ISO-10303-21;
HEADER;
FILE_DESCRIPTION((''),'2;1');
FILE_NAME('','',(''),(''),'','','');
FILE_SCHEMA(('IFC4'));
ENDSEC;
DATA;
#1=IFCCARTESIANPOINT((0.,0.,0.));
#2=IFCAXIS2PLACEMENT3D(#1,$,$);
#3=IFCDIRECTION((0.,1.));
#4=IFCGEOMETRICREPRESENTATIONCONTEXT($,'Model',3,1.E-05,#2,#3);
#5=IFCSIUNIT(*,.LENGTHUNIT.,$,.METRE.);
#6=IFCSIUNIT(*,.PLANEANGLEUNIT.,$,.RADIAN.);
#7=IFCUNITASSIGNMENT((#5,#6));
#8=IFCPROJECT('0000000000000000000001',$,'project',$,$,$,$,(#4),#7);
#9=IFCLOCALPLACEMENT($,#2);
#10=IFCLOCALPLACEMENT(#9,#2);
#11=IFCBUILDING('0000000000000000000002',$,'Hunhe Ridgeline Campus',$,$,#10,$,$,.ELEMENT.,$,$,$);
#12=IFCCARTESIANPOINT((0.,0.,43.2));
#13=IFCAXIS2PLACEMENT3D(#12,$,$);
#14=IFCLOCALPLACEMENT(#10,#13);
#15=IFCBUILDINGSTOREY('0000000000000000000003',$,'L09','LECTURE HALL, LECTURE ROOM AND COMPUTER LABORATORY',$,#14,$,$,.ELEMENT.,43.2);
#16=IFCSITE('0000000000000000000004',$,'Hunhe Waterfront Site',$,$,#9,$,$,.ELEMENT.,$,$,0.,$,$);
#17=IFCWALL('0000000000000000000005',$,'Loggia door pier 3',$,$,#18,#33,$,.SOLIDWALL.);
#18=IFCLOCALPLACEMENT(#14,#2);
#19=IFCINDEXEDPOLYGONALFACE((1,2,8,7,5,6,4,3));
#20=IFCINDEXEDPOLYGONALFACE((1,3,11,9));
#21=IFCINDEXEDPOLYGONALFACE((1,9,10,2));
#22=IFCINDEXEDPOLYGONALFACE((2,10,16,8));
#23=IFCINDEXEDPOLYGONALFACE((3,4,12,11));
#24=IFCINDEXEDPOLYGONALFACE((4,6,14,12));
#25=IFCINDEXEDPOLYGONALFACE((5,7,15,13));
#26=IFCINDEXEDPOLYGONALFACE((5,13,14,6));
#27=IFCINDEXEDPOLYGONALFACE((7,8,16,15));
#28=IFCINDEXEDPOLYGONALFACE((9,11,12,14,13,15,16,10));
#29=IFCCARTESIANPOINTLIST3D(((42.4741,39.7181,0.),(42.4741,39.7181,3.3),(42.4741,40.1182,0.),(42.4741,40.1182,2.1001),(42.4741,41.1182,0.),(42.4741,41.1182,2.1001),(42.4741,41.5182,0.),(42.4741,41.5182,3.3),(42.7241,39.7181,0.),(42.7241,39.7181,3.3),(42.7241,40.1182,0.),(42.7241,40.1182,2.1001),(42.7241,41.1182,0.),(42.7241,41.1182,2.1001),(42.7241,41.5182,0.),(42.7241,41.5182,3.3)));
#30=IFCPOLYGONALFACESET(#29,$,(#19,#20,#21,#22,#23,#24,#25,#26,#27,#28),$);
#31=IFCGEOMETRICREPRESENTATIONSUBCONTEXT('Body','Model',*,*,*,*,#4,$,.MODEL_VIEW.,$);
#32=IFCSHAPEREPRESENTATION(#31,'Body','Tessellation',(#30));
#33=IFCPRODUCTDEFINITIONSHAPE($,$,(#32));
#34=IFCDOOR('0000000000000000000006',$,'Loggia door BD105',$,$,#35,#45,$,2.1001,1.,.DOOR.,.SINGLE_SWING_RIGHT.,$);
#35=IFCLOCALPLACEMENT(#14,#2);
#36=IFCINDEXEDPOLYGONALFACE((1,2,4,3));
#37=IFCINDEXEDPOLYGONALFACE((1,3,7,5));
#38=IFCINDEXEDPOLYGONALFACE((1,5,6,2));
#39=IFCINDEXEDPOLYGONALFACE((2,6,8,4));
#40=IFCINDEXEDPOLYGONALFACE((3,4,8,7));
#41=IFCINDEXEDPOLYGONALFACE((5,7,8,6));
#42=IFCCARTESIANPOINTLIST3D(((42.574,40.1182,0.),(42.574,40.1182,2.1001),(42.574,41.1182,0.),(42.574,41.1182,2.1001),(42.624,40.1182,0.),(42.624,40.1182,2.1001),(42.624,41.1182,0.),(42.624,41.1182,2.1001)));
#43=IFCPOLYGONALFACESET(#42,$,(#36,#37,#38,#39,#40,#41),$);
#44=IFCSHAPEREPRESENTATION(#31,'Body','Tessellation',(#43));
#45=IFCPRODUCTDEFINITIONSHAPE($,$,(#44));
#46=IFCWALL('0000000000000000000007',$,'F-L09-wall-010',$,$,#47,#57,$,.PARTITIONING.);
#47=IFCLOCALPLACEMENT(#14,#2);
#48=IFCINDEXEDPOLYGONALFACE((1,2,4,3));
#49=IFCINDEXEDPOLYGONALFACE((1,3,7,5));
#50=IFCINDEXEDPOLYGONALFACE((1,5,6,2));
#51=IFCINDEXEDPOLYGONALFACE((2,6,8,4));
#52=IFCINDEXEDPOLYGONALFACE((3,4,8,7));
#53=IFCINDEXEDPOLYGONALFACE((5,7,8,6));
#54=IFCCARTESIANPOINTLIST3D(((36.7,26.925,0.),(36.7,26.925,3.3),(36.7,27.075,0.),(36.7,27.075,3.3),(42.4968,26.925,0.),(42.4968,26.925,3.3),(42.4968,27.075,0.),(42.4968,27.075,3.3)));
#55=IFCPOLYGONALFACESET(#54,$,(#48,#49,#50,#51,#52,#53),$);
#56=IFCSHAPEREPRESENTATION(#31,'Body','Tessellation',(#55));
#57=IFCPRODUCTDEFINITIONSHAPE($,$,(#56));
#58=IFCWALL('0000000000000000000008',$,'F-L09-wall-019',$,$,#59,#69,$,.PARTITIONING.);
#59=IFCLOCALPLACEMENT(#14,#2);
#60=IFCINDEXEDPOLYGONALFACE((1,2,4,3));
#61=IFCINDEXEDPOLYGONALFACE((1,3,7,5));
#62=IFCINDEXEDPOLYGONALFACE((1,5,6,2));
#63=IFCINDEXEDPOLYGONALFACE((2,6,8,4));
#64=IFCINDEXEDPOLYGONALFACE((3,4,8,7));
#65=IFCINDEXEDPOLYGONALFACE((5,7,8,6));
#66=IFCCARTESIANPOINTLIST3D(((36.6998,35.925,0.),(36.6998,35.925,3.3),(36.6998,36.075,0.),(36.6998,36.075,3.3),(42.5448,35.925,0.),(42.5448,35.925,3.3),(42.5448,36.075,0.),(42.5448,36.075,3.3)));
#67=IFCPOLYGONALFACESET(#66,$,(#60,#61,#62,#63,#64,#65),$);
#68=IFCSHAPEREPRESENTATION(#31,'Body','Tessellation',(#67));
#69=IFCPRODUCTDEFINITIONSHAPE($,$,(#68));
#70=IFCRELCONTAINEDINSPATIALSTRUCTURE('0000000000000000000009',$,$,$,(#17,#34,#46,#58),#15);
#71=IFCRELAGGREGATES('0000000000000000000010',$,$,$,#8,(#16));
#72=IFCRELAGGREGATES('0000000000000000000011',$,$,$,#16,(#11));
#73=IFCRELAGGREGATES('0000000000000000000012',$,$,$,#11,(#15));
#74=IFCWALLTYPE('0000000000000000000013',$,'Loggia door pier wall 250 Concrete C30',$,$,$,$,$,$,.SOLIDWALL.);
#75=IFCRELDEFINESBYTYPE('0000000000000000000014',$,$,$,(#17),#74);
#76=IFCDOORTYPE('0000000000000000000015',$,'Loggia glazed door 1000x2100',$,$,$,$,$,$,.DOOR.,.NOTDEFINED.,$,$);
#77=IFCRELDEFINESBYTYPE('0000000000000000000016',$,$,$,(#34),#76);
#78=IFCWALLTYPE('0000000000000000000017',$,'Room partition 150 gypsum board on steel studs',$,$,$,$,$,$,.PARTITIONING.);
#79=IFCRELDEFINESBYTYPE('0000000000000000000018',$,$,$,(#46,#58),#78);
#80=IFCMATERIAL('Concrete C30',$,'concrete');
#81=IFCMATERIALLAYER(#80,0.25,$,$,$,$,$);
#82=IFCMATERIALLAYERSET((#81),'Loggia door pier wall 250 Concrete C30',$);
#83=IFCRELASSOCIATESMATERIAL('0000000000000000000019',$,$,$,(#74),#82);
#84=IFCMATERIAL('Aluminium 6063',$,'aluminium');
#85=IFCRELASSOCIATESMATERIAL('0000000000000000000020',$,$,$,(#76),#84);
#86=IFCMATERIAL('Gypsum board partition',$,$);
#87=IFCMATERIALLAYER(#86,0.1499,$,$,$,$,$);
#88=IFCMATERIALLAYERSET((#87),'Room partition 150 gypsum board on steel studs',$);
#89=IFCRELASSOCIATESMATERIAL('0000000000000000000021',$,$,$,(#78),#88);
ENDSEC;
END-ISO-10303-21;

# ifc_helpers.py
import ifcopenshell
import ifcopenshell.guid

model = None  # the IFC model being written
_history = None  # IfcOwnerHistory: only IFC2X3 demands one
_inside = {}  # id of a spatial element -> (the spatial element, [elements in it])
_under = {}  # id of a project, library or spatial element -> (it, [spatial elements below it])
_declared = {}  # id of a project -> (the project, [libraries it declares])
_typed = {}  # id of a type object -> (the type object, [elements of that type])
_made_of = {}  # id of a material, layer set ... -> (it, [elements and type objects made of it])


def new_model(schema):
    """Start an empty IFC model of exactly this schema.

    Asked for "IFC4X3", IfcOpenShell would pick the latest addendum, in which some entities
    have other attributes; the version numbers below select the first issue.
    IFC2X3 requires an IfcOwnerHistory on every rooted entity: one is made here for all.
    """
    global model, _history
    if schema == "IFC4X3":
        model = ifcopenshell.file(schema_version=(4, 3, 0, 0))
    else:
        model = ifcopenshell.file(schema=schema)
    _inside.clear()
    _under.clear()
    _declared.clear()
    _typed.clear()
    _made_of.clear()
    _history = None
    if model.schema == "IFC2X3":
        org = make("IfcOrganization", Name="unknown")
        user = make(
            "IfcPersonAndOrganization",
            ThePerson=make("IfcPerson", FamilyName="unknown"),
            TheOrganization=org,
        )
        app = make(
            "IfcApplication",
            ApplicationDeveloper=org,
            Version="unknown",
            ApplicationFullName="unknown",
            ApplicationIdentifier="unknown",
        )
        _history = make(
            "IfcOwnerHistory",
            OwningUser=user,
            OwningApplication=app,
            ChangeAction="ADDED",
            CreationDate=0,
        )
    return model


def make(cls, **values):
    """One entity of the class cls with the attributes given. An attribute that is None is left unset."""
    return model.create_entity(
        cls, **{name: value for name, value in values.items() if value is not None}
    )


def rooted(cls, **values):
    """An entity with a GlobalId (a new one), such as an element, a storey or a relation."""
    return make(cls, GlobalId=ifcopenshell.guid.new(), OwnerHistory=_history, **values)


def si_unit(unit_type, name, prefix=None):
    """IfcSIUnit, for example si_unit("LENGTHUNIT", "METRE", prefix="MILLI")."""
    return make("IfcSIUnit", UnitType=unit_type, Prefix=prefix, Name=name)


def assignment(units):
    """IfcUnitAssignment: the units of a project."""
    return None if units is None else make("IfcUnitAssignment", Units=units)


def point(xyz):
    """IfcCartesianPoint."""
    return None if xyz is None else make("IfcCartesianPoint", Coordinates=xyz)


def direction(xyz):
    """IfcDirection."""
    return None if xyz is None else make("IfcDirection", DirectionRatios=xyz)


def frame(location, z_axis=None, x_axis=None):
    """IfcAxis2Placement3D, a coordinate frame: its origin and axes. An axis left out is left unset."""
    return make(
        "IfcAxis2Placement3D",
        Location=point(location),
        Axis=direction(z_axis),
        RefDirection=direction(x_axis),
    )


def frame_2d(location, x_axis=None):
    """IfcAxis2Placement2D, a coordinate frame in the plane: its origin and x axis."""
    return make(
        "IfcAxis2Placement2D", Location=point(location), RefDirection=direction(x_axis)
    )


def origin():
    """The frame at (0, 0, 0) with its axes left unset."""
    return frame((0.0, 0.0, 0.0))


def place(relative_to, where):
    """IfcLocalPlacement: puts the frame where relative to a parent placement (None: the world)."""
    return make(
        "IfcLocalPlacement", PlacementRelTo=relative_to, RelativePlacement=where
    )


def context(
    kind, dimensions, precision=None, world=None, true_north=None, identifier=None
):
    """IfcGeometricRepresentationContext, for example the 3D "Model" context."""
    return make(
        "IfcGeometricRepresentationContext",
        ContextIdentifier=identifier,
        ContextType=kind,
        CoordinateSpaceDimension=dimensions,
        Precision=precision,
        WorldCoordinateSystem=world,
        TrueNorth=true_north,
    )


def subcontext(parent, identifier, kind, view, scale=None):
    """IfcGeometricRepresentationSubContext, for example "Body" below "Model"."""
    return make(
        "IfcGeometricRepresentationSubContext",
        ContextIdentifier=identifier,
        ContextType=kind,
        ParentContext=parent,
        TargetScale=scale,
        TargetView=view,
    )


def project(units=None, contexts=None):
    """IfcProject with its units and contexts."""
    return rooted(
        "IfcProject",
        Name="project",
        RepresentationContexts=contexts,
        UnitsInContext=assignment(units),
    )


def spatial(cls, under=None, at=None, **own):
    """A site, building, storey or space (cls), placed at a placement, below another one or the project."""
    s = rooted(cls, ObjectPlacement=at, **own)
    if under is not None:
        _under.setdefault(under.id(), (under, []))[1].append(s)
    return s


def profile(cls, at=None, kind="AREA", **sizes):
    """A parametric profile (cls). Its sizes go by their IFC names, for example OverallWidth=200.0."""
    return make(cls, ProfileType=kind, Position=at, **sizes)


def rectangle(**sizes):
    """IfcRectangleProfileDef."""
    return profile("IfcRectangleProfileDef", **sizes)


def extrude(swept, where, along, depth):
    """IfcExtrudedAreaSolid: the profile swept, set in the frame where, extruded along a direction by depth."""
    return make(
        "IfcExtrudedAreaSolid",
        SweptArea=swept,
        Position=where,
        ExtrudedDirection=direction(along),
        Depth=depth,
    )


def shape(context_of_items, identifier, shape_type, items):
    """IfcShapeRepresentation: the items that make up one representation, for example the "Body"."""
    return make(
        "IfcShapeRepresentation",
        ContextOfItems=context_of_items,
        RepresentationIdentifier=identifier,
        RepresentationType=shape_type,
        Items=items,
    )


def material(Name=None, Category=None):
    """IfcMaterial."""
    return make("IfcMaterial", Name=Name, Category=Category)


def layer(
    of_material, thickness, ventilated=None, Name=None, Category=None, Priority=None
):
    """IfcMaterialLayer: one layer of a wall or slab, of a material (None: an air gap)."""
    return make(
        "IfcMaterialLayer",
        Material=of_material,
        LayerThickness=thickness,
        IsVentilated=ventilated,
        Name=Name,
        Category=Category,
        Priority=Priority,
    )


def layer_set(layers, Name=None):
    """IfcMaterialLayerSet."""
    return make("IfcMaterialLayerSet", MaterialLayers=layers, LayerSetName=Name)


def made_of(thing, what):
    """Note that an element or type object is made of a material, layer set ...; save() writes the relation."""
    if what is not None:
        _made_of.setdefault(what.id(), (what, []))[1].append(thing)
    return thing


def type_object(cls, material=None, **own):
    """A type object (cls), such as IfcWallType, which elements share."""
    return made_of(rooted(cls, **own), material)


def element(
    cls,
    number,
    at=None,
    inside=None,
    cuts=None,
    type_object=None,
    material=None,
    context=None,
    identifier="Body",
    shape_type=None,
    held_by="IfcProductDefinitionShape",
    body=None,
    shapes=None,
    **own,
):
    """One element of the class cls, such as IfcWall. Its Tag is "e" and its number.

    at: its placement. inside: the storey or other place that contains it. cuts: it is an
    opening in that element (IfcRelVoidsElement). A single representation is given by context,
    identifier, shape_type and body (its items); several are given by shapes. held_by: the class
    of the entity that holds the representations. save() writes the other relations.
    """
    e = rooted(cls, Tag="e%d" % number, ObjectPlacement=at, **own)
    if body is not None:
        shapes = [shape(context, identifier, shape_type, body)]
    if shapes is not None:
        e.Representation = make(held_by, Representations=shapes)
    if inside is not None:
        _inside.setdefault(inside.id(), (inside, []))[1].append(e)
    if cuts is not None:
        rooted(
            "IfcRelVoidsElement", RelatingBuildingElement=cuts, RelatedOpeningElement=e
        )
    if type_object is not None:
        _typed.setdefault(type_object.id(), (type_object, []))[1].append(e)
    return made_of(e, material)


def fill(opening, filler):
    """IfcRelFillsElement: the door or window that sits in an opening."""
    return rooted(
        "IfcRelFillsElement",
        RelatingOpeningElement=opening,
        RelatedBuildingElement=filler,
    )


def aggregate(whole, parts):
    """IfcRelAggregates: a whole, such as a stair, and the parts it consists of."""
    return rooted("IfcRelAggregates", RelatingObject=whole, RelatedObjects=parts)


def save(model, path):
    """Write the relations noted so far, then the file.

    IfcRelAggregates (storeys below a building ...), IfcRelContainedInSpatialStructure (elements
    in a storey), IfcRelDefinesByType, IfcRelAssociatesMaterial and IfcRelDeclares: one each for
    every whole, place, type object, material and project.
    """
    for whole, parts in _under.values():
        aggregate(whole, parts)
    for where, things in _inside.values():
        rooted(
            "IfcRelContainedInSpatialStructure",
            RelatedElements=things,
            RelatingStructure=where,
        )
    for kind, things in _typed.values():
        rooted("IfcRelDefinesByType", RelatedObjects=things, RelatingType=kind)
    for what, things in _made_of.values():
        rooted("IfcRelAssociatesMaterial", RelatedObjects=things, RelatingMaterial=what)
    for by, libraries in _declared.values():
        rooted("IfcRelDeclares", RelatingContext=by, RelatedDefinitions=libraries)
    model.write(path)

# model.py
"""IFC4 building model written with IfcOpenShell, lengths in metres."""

from ifc_helpers import new_model, si_unit, direction, frame, frame_2d, origin, place, context, subcontext, project, spatial, rectangle, extrude, material, layer, layer_set, type_object, element, fill, save


model = new_model("IFC4")

# Units and contexts
model_context = context("Model", 3, precision=1e-05, world=origin(), true_north=direction((0.0, 1.0)))
body_context = subcontext(model_context, "Body", "Model", "MODEL_VIEW")
ifc_project = project(units=[si_unit("LENGTHUNIT", "METRE"), si_unit("PLANEANGLEUNIT", "RADIAN")], contexts=[model_context])

# Site, building, storey
site_placement = place(None, origin())
site = spatial("IfcSite", under=ifc_project, at=site_placement, Name="Hunhe Waterfront Site", CompositionType="ELEMENT", RefElevation=0.0)
building_placement = place(site_placement, origin())
building = spatial("IfcBuilding", under=site, at=building_placement, Name="Hunhe Ridgeline Campus", CompositionType="ELEMENT")
storey_placement = place(building_placement, frame((0.0, 0.0, 43.2)))
storey = spatial("IfcBuildingStorey", under=building, at=storey_placement, Name="L09", Description="LECTURE HALL, LECTURE ROOM AND COMPUTER LABORATORY", CompositionType="ELEMENT", Elevation=43.2)

# Shared definitions
ifc_material_1 = material(Name="Aluminium 6063", Category="aluminium")

# Wall, opening, door
ifc_material_2 = material(Name="Concrete C30", Category="concrete")
ifc_layer_1 = layer(ifc_material_2, 0.25)
ifc_layer_set_1 = layer_set([ifc_layer_1], Name="Loggia door pier wall 250 Concrete C30")
wall_type_1 = type_object("IfcWallType", Name="Loggia door pier wall 250 Concrete C30", PredefinedType="SOLIDWALL", material=ifc_layer_set_1)
wall_1_placement = place(storey_placement, frame((42.5991, 39.7183, 0.0), z_axis=(0.0, 0.0, 1.0), x_axis=(0.0, 1.0, 0.0)))
wall_1 = element("IfcWall", 1, at=wall_1_placement, inside=storey, type_object=wall_type_1, Name="Loggia door pier 3", PredefinedType="SOLIDWALL", context=body_context, shape_type="SweptSolid", body=[
    extrude(rectangle(XDim=1.8, YDim=0.25, at=frame_2d((0.8999, 0.0))), origin(), (0.0, 0.0, 1.0), 3.3),
])
opening_placement = place(wall_1_placement, frame((0.3999, 0.0, 0.0)))
opening = element("IfcOpeningElement", 2, at=opening_placement, cuts=wall_1, PredefinedType="OPENING", context=body_context, shape_type="SweptSolid", body=[
    extrude(rectangle(XDim=1.0, YDim=2.1001, at=frame_2d((0.5, 1.05))), frame((0.0, 0.125, 0.0), z_axis=(0.0, -1.0, 0.0), x_axis=(1.0, 0.0, 0.0)), (0.0, 0.0, 1.0), 0.25),
])
door_type = type_object("IfcDoorType", Name="Loggia glazed door 1000x2100", OperationType="NOTDEFINED", PredefinedType="DOOR", material=ifc_material_1)
door_placement = place(opening_placement, frame((1.0, 0.0, 0.0), z_axis=(0.0, 0.0, 1.0), x_axis=(-1.0, 0.0, 0.0)))
door = element("IfcDoor", 3, at=door_placement, inside=storey, type_object=door_type, Name="Loggia door BD105", OperationType="SINGLE_SWING_RIGHT", OverallHeight=2.1001, OverallWidth=1.0, PredefinedType="DOOR", context=body_context, shape_type="SweptSolid", body=[
    extrude(rectangle(XDim=1.0, YDim=2.1001, at=frame_2d((0.5, 1.05))), frame((0.0, 0.0249, 0.0), z_axis=(0.0, -1.0, 0.0), x_axis=(1.0, 0.0, 0.0)), (0.0, 0.0, 1.0), 0.05),
])
fill(opening, door)

# Walls
ifc_material_3 = material(Name="Gypsum board partition")
ifc_layer_2 = layer(ifc_material_3, 0.1499)
ifc_layer_set_2 = layer_set([ifc_layer_2], Name="Room partition 150 gypsum board on steel studs")
wall_type_2 = type_object("IfcWallType", Name="Room partition 150 gypsum board on steel studs", PredefinedType="PARTITIONING", material=ifc_layer_set_2)
wall_2_placement = place(storey_placement, frame((36.7, 27.0, 0.0), z_axis=(0.0, 0.0, 1.0), x_axis=(1.0, 0.0, 0.0)))
element("IfcWall", 4, at=wall_2_placement, inside=storey, type_object=wall_type_2, Name="F-L09-wall-010", PredefinedType="PARTITIONING", context=body_context, shape_type="SweptSolid", body=[
    extrude(rectangle(XDim=5.7969, YDim=0.1499, at=frame_2d((2.8984, 0.0))), origin(), (0.0, 0.0, 1.0), 3.3),
])
wall_3_placement = place(storey_placement, frame((36.7, 36.0, 0.0), z_axis=(0.0, 0.0, 1.0), x_axis=(1.0, 0.0, 0.0)))
element("IfcWall", 5, at=wall_3_placement, inside=storey, type_object=wall_type_2, Name="F-L09-wall-019", PredefinedType="PARTITIONING", context=body_context, shape_type="SweptSolid", body=[
    extrude(rectangle(XDim=5.845, YDim=0.1499, at=frame_2d((2.9224, 0.0))), origin(), (0.0, 0.0, 1.0), 3.3),
])

save(model, "model.ifc")
